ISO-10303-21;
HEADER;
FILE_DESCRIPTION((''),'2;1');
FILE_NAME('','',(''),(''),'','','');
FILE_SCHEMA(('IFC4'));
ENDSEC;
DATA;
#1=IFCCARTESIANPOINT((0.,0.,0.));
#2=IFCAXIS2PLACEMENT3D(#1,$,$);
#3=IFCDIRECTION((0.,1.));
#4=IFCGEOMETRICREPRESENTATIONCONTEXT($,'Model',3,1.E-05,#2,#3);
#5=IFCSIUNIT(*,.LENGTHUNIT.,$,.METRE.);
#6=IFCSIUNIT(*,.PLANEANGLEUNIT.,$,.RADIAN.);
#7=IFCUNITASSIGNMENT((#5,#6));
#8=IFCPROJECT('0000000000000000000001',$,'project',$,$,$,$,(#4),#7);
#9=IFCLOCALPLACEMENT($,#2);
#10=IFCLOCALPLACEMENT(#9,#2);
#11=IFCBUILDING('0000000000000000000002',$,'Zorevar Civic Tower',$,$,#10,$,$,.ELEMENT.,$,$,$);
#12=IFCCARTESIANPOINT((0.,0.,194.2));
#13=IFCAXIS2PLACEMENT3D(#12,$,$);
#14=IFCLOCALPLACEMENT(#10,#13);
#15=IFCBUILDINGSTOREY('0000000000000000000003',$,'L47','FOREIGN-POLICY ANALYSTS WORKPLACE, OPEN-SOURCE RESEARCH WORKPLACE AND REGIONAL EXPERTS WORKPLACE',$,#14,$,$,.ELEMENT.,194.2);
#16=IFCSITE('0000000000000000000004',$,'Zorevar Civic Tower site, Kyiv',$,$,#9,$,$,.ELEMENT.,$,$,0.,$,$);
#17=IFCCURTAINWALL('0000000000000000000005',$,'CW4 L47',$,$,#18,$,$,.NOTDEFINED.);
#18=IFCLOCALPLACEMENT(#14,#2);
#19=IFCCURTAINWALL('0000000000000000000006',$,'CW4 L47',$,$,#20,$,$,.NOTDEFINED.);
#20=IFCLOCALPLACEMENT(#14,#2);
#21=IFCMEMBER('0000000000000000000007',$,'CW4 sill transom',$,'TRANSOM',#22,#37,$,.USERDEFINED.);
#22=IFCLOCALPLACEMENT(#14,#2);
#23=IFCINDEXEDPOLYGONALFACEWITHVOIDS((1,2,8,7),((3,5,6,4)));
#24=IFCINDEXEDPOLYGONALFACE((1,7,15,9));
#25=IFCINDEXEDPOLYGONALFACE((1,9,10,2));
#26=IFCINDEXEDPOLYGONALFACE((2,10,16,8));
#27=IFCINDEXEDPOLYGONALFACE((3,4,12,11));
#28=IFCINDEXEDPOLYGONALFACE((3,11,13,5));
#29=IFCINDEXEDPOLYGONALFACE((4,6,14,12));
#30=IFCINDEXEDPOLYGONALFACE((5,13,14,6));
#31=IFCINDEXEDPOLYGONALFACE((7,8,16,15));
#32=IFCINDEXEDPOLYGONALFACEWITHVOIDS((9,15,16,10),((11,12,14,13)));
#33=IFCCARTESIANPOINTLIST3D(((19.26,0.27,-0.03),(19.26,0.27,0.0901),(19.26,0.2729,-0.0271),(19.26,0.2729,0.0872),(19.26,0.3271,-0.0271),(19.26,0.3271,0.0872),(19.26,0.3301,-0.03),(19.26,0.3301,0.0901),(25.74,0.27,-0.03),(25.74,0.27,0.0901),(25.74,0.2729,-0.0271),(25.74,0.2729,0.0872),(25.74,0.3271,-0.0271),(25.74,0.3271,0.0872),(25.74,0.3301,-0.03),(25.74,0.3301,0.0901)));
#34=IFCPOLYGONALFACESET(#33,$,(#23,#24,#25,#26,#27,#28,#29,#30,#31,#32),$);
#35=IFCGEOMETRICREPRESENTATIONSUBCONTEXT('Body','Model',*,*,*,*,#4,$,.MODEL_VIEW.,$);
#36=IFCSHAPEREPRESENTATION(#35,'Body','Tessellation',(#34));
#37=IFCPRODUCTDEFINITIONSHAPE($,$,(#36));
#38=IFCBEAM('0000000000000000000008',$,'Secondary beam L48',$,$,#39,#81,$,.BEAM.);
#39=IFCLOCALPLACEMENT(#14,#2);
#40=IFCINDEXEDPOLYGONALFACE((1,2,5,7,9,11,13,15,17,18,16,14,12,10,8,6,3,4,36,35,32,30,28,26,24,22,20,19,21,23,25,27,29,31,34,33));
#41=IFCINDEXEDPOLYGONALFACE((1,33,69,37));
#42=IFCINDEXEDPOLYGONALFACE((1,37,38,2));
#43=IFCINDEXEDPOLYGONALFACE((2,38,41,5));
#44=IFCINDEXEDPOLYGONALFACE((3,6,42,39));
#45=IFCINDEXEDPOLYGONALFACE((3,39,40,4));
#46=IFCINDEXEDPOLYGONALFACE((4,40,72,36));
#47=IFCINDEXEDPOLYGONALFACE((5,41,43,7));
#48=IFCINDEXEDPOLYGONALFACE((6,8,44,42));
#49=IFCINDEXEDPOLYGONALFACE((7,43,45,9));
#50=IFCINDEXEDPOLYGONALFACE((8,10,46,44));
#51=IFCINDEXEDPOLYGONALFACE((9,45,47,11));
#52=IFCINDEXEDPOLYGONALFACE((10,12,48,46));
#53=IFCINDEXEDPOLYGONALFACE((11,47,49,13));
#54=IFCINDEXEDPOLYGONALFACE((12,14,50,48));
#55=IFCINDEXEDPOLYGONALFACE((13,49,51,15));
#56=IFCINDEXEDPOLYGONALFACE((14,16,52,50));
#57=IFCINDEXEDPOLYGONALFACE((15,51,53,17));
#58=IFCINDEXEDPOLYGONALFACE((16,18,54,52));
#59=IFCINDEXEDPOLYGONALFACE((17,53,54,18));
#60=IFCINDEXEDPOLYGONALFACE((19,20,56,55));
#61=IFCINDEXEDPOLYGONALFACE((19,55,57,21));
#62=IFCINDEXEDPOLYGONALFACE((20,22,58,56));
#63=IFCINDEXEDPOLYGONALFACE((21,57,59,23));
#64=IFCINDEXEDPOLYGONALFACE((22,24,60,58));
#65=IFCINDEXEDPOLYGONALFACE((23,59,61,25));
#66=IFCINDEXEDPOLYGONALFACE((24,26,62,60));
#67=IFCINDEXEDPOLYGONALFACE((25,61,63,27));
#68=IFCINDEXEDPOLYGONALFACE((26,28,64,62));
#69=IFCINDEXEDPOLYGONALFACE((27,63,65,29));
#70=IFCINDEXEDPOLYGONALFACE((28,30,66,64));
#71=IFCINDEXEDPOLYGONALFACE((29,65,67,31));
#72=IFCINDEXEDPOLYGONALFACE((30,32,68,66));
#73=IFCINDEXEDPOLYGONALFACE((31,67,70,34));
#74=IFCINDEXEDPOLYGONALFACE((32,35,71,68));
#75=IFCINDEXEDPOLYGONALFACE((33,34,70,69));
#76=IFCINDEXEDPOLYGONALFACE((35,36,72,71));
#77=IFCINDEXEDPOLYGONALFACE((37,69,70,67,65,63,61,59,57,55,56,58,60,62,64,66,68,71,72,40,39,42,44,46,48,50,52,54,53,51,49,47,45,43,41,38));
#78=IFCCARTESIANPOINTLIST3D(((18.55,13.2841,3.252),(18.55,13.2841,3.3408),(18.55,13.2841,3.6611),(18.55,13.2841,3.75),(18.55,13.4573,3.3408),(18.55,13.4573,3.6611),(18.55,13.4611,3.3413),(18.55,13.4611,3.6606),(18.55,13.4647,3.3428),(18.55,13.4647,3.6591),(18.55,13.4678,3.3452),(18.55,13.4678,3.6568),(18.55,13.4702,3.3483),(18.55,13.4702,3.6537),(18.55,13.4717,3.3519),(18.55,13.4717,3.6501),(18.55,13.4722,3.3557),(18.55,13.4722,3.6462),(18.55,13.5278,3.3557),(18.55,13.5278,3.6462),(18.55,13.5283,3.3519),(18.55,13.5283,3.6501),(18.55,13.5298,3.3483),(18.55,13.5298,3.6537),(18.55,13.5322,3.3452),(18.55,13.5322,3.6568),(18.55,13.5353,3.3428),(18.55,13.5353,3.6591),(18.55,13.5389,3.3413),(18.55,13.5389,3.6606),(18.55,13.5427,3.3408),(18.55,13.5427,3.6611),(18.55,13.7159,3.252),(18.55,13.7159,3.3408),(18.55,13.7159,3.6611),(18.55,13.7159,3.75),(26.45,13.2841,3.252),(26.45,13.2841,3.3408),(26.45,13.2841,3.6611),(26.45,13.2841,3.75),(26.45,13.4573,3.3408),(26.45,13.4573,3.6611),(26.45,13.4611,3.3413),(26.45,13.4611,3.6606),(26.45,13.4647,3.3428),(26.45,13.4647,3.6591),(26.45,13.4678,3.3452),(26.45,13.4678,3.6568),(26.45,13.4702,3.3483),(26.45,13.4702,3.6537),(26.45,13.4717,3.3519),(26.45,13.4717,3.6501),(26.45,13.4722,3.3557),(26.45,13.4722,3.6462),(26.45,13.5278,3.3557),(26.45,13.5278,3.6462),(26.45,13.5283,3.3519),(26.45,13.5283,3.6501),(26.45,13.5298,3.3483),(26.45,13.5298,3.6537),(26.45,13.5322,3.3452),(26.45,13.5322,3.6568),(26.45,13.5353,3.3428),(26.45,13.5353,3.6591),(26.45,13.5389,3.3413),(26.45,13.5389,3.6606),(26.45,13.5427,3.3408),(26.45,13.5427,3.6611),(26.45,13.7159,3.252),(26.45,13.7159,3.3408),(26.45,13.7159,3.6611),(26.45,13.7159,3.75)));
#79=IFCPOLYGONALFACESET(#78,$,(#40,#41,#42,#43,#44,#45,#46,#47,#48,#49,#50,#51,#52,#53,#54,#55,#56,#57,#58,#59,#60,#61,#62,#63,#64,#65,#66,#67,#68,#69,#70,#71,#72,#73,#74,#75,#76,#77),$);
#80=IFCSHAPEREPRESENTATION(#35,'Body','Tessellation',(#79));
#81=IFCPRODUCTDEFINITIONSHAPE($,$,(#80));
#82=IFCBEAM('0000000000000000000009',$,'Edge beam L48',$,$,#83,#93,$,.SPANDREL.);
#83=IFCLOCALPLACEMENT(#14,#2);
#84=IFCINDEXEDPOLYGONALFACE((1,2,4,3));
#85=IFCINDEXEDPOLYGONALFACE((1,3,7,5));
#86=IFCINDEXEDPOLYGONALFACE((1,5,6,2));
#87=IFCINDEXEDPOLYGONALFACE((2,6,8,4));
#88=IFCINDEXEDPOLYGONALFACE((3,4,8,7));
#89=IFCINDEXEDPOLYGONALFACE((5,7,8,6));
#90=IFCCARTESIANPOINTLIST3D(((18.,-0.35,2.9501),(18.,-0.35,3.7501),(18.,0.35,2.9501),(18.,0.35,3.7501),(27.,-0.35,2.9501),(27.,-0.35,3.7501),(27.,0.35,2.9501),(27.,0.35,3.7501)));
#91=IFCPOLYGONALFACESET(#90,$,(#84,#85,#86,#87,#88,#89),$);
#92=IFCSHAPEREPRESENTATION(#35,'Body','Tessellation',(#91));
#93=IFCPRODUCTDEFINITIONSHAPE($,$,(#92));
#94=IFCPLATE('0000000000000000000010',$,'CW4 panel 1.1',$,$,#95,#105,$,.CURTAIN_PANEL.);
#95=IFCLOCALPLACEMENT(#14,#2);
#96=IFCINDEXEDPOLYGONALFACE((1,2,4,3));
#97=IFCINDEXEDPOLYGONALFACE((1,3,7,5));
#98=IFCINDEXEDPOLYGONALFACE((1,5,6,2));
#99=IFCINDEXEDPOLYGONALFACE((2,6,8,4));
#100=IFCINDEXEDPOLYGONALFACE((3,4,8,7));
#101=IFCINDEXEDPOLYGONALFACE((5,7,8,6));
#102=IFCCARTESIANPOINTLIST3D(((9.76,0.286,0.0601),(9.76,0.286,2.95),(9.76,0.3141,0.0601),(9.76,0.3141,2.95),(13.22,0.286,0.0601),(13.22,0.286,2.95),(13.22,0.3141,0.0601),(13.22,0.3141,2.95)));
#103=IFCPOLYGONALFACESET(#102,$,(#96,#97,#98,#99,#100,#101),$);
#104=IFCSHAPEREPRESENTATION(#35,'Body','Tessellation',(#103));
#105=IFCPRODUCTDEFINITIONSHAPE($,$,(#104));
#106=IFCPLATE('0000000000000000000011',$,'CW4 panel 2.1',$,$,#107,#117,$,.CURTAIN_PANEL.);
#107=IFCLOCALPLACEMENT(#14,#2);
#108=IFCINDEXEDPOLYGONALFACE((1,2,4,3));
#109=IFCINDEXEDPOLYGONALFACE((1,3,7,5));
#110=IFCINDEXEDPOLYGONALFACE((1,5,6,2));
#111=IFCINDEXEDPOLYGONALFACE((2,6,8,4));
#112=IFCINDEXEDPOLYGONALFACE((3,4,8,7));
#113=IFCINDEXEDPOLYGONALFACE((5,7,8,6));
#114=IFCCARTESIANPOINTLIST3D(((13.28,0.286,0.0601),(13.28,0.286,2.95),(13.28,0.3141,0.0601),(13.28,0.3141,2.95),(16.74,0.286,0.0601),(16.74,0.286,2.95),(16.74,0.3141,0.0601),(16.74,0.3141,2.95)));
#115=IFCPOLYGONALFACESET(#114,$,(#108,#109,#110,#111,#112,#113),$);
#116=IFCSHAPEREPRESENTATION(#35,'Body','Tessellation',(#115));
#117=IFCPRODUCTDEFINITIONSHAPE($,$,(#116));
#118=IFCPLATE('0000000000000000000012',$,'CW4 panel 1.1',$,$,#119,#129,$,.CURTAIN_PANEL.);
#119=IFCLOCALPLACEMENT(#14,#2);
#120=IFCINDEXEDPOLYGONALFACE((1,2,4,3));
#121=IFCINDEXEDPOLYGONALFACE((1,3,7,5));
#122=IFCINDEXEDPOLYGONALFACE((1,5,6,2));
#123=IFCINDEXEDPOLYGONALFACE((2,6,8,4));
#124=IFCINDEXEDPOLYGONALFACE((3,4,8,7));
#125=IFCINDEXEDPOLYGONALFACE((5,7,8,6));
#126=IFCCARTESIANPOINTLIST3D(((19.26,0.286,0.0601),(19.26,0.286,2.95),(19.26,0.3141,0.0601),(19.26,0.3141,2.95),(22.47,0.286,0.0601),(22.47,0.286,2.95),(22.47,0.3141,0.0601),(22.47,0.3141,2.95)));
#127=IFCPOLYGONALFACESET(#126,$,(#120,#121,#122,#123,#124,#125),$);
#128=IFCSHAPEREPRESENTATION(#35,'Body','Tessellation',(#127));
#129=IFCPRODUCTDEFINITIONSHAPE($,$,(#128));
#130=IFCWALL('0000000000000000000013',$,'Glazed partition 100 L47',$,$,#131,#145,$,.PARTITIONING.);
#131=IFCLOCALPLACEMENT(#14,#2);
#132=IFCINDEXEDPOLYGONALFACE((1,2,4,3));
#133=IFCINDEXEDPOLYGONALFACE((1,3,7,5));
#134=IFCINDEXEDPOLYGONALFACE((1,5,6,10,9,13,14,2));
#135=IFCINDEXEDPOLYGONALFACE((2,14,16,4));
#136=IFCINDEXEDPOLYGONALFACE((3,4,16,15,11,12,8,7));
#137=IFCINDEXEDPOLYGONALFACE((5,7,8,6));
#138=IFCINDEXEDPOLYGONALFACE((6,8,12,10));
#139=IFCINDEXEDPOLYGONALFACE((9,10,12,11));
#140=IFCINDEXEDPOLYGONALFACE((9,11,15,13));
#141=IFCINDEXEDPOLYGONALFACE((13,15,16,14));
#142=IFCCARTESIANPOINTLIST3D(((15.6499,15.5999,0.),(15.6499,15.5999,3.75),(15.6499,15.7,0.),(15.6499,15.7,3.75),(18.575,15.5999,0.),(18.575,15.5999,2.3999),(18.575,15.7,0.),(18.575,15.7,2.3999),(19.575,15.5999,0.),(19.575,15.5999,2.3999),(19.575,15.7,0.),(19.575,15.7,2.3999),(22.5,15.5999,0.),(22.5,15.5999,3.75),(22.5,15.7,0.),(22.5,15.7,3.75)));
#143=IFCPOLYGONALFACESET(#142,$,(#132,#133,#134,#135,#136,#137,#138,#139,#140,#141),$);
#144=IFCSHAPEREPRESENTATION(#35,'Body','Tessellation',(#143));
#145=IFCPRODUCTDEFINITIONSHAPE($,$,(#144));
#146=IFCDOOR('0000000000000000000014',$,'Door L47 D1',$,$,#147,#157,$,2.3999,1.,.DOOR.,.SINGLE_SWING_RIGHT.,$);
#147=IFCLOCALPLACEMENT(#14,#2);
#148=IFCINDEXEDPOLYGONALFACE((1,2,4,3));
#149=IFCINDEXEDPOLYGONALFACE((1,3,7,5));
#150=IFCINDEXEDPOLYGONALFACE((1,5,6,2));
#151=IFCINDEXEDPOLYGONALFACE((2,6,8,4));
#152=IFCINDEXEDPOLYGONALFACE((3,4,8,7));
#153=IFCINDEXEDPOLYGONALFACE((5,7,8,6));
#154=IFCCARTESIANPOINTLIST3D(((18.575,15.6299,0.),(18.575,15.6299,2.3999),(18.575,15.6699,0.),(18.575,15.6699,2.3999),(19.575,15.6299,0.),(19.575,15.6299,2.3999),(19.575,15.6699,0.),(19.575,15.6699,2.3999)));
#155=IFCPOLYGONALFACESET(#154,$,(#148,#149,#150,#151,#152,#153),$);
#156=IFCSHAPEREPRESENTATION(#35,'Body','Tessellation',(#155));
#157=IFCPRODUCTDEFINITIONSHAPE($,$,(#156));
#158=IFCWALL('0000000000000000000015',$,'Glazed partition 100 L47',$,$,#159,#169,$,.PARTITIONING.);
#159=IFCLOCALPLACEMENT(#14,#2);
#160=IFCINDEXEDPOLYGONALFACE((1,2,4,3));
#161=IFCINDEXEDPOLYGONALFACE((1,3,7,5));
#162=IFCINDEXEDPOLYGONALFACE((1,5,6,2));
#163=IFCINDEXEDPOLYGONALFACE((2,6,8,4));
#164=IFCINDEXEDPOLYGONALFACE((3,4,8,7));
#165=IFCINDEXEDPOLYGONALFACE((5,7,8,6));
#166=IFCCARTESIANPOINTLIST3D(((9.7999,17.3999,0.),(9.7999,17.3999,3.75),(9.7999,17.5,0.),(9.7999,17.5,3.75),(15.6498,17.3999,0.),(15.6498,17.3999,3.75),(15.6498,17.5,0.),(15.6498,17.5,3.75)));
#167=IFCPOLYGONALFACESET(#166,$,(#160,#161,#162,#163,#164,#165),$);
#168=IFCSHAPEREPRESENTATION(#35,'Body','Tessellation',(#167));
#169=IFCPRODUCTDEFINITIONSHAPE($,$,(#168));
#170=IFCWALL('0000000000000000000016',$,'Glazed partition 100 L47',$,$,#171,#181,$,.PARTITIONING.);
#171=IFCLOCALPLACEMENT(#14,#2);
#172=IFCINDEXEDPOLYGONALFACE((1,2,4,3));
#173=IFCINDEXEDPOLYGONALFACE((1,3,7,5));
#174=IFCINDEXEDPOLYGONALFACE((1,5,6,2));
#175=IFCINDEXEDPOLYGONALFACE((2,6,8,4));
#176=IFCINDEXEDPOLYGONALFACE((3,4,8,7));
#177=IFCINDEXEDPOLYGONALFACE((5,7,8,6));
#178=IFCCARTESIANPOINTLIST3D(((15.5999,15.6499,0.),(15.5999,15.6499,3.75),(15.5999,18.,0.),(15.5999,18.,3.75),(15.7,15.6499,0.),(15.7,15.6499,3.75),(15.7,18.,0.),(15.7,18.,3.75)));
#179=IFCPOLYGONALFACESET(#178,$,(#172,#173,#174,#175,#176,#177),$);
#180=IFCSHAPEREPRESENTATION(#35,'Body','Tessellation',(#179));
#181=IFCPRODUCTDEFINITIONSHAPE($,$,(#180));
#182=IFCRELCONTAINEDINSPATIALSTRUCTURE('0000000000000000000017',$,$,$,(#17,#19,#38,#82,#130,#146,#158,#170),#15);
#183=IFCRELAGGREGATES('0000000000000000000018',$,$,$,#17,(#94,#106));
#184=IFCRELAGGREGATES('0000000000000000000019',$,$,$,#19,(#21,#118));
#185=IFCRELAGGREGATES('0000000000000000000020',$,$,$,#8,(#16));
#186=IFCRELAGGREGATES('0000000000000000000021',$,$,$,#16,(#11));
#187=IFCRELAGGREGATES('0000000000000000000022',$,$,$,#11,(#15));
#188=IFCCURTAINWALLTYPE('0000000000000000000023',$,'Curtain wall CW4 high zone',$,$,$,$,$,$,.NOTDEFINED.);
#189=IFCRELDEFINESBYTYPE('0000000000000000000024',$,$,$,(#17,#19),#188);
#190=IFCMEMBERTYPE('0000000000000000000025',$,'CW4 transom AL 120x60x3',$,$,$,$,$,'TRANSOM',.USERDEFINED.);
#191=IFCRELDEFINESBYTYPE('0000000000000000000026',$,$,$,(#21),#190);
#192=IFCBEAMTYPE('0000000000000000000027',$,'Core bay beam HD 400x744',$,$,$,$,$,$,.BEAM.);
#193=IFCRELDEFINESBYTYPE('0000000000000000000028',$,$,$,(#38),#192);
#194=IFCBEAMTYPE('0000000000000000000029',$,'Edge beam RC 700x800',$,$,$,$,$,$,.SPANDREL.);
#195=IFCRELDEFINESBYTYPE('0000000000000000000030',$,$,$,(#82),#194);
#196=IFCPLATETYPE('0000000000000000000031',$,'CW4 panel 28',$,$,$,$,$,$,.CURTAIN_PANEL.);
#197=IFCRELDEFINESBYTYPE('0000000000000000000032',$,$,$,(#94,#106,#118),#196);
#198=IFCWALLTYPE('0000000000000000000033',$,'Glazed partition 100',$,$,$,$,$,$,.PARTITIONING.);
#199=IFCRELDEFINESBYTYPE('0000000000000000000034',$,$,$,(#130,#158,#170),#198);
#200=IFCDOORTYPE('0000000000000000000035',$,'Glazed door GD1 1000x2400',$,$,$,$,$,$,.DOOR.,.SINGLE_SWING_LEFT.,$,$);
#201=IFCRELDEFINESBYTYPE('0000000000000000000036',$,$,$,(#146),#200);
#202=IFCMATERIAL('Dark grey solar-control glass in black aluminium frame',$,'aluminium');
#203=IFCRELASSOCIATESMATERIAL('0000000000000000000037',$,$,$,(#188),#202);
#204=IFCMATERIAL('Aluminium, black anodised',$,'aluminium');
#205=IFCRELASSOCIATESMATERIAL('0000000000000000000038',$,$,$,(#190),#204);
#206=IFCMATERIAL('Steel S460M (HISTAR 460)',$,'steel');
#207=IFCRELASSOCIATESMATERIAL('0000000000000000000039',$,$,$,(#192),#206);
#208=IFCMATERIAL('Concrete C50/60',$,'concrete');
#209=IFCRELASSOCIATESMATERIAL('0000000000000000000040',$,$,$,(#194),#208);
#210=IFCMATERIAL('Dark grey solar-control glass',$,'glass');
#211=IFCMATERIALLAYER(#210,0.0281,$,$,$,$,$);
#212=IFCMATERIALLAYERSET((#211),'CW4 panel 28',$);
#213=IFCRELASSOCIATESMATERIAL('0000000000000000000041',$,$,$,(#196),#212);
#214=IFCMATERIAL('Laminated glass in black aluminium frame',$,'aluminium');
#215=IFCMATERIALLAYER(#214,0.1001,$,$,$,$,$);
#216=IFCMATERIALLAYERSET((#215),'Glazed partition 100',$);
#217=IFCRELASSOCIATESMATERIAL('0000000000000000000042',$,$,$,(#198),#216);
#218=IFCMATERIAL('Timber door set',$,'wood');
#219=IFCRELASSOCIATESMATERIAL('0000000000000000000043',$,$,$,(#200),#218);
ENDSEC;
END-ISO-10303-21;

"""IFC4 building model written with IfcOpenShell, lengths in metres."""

from ifc_helpers import new_model, si_unit, direction, frame, frame_2d, origin, origin_2d, place, context, subcontext, project, spatial, rectangle, hollow_rectangle, i_section, extrude, material, layer, layer_set, material_profile, profile_set, type_object, element, fill, aggregate, save


model = new_model("IFC4")

# Units and contexts
model_context = context("Model", 3, precision=1e-05, world=origin(), true_north=direction((0.0, 1.0)))
body_context = subcontext(model_context, "Body", "Model", "MODEL_VIEW")
ifc_project = project(units=[si_unit("LENGTHUNIT", "METRE"), si_unit("PLANEANGLEUNIT", "RADIAN")], contexts=[model_context])

# Site, building, storey
site_placement = place(None, origin())
site = spatial("IfcSite", under=ifc_project, at=site_placement, Name="Zorevar Civic Tower site, Kyiv", CompositionType="ELEMENT", RefElevation=0.0)
building_placement = place(site_placement, origin())
building = spatial("IfcBuilding", under=site, at=building_placement, Name="Zorevar Civic Tower", CompositionType="ELEMENT")
storey_placement = place(building_placement, frame((0.0, 0.0, 194.2)))
storey = spatial("IfcBuildingStorey", under=building, at=storey_placement, Name="L47", Description="FOREIGN-POLICY ANALYSTS WORKPLACE, OPEN-SOURCE RESEARCH WORKPLACE AND REGIONAL EXPERTS WORKPLACE", CompositionType="ELEMENT", Elevation=194.2)

# Curtain wall
ifc_material_1 = material(Name="Dark grey solar-control glass in black aluminium frame", Category="aluminium")
curtain_wall_type = type_object("IfcCurtainWallType", Name="Curtain wall CW4 high zone", PredefinedType="NOTDEFINED", material=ifc_material_1)
curtain_wall_1_placement = place(storey_placement, origin())
curtain_wall_1 = element("IfcCurtainWall", 1, at=curtain_wall_1_placement, inside=storey, type_object=curtain_wall_type, Name="CW4 L47", PredefinedType="NOTDEFINED")

# Curtain wall
curtain_wall_2_placement = place(storey_placement, origin())
curtain_wall_2 = element("IfcCurtainWall", 2, at=curtain_wall_2_placement, inside=storey, type_object=curtain_wall_type, Name="CW4 L47", PredefinedType="NOTDEFINED")

# Member
ifc_material_2 = material(Name="Aluminium, black anodised", Category="aluminium")
ifc_material_profile_1 = material_profile(ifc_material_2, hollow_rectangle(XDim=0.0601, YDim=0.1201, WallThickness=0.0029, at=origin_2d()), Name="AL 120x60x3")
ifc_profile_set_1 = profile_set([ifc_material_profile_1], Name="Aluminium, black anodised")
member_type_1 = type_object("IfcMemberType", Name="CW4 transom AL 120x60x3", ElementType="TRANSOM", PredefinedType="USERDEFINED", material=ifc_profile_set_1)
member_1_placement = place(storey_placement, frame((19.26, 0.3, 0.03), z_axis=(1.0, 0.0, 0.0), x_axis=(0.0, 1.0, 0.0)))
member_1 = element("IfcMember", 3, at=member_1_placement, type_object=member_type_1, Name="CW4 sill transom", ObjectType="TRANSOM", PredefinedType="USERDEFINED", context=body_context, shape_type="SweptSolid", body=[
    extrude(hollow_rectangle(XDim=0.0601, YDim=0.1201, WallThickness=0.0029, at=origin_2d()), origin(), (0.0, 0.0, 1.0), 6.48),
])

# Beams
ifc_material_3 = material(Name="Steel S460M (HISTAR 460)", Category="steel")
ifc_material_profile_2 = material_profile(ifc_material_3, i_section(OverallWidth=0.4319, OverallDepth=0.498, WebThickness=0.0557, FlangeThickness=0.0889, FilletRadius=0.0149, at=origin_2d()), Name="HD 400x744")
ifc_profile_set_2 = profile_set([ifc_material_profile_2], Name="Steel S460M (HISTAR 460)")
beam_type_1 = type_object("IfcBeamType", Name="Core bay beam HD 400x744", PredefinedType="BEAM", material=ifc_profile_set_2)
beam_1_placement = place(storey_placement, frame((18.55, 13.5, 3.501), z_axis=(1.0, 0.0, 0.0), x_axis=(0.0, 1.0, 0.0)))
element("IfcBeam", 4, at=beam_1_placement, inside=storey, type_object=beam_type_1, Name="Secondary beam L48", PredefinedType="BEAM", context=body_context, shape_type="SweptSolid", body=[
    extrude(i_section(OverallWidth=0.4319, OverallDepth=0.498, WebThickness=0.0557, FlangeThickness=0.0889, FilletRadius=0.0149, at=origin_2d()), origin(), (0.0, 0.0, 1.0), 7.8999),
])
ifc_material_4 = material(Name="Concrete C50/60", Category="concrete")
ifc_material_profile_3 = material_profile(ifc_material_4, rectangle(XDim=0.7, YDim=0.8, at=origin_2d()), Name="RC 700x800")
ifc_profile_set_3 = profile_set([ifc_material_profile_3], Name="Concrete C50/60")
beam_type_2 = type_object("IfcBeamType", Name="Edge beam RC 700x800", PredefinedType="SPANDREL", material=ifc_profile_set_3)
beam_2_placement = place(storey_placement, frame((18.0, 0.0, 3.3501), z_axis=(1.0, 0.0, 0.0), x_axis=(0.0, 1.0, 0.0)))
element("IfcBeam", 5, at=beam_2_placement, inside=storey, type_object=beam_type_2, Name="Edge beam L48", PredefinedType="SPANDREL", context=body_context, shape_type="SweptSolid", body=[
    extrude(rectangle(XDim=0.7, YDim=0.8, at=origin_2d()), origin(), (0.0, 0.0, 1.0), 9.0),
])

# Plates
ifc_material_5 = material(Name="Dark grey solar-control glass", Category="glass")
ifc_layer_1 = layer(ifc_material_5, 0.0281)
ifc_layer_set_1 = layer_set([ifc_layer_1], Name="CW4 panel 28")
plate_type = type_object("IfcPlateType", Name="CW4 panel 28", PredefinedType="CURTAIN_PANEL", material=ifc_layer_set_1)
plate_1_placement = place(storey_placement, frame((11.49, 0.3, 0.0601), z_axis=(0.0, 0.0, 1.0), x_axis=(1.0, 0.0, 0.0)))
plate_1 = element("IfcPlate", 6, at=plate_1_placement, type_object=plate_type, Name="CW4 panel 1.1", PredefinedType="CURTAIN_PANEL", context=body_context, shape_type="SweptSolid", body=[
    extrude(rectangle(XDim=3.46, YDim=0.0281, at=origin_2d()), origin(), (0.0, 0.0, 1.0), 2.8899),
])
plate_2_placement = place(storey_placement, frame((15.01, 0.3, 0.0601), z_axis=(0.0, 0.0, 1.0), x_axis=(1.0, 0.0, 0.0)))
plate_2 = element("IfcPlate", 7, at=plate_2_placement, type_object=plate_type, Name="CW4 panel 2.1", PredefinedType="CURTAIN_PANEL", context=body_context, shape_type="SweptSolid", body=[
    extrude(rectangle(XDim=3.46, YDim=0.0281, at=origin_2d()), origin(), (0.0, 0.0, 1.0), 2.8899),
])
aggregate(curtain_wall_1, [plate_1, plate_2])
plate_3_placement = place(storey_placement, frame((20.865, 0.3, 0.0601), z_axis=(0.0, 0.0, 1.0), x_axis=(1.0, 0.0, 0.0)))
plate_3 = element("IfcPlate", 8, at=plate_3_placement, type_object=plate_type, Name="CW4 panel 1.1", PredefinedType="CURTAIN_PANEL", context=body_context, shape_type="SweptSolid", body=[
    extrude(rectangle(XDim=3.21, YDim=0.0281, at=origin_2d()), origin(), (0.0, 0.0, 1.0), 2.8899),
])
aggregate(curtain_wall_2, [member_1, plate_3])

# Wall, opening, door
ifc_material_6 = material(Name="Laminated glass in black aluminium frame", Category="aluminium")
ifc_layer_2 = layer(ifc_material_6, 0.1001)
ifc_layer_set_2 = layer_set([ifc_layer_2], Name="Glazed partition 100")
wall_type = type_object("IfcWallType", Name="Glazed partition 100", PredefinedType="PARTITIONING", material=ifc_layer_set_2)
wall_1_placement = place(storey_placement, frame((15.6499, 15.6499, 0.0), z_axis=(0.0, 0.0, 1.0), x_axis=(1.0, 0.0, 0.0)))
wall_1 = element("IfcWall", 9, at=wall_1_placement, inside=storey, type_object=wall_type, Name="Glazed partition 100 L47", PredefinedType="PARTITIONING", context=body_context, shape_type="SweptSolid", body=[
    extrude(rectangle(XDim=6.8501, YDim=0.1001, at=frame_2d((3.425, 0.0))), origin(), (0.0, 0.0, 1.0), 3.75),
])
opening_placement = place(wall_1_placement, frame((2.925, 0.0, 0.0)))
opening = element("IfcOpeningElement", 10, at=opening_placement, cuts=wall_1, PredefinedType="OPENING", context=body_context, shape_type="SweptSolid", body=[
    extrude(rectangle(XDim=1.0, YDim=2.3999, at=frame_2d((0.5, 1.2))), frame((0.0, 0.0601, 0.0), z_axis=(0.0, -1.0, 0.0), x_axis=(1.0, 0.0, 0.0)), (0.0, 0.0, 1.0), 0.1201),
])
ifc_material_7 = material(Name="Timber door set", Category="wood")
door_type = type_object("IfcDoorType", Name="Glazed door GD1 1000x2400", OperationType="SINGLE_SWING_LEFT", PredefinedType="DOOR", material=ifc_material_7)
door_placement = place(opening_placement, origin())
door = element("IfcDoor", 11, at=door_placement, inside=storey, type_object=door_type, Name="Door L47 D1", OperationType="SINGLE_SWING_RIGHT", OverallHeight=2.3999, OverallWidth=1.0, PredefinedType="DOOR", context=body_context, shape_type="SweptSolid", body=[
    extrude(rectangle(XDim=1.0, YDim=2.3999, at=frame_2d((0.5, 1.2))), frame((0.0, 0.02, 0.0), z_axis=(0.0, -1.0, 0.0), x_axis=(1.0, 0.0, 0.0)), (0.0, 0.0, 1.0), 0.04),
])
fill(opening, door)

# Walls
wall_2_placement = place(storey_placement, frame((9.8, 17.45, 0.0), z_axis=(0.0, 0.0, 1.0), x_axis=(1.0, 0.0, 0.0)))
element("IfcWall", 12, at=wall_2_placement, inside=storey, type_object=wall_type, Name="Glazed partition 100 L47", PredefinedType="PARTITIONING", context=body_context, shape_type="SweptSolid", body=[
    extrude(rectangle(XDim=5.8499, YDim=0.1001, at=frame_2d((2.9248, 0.0))), origin(), (0.0, 0.0, 1.0), 3.75),
])
wall_3_placement = place(storey_placement, frame((15.6499, 15.6499, 0.0), z_axis=(0.0, 0.0, 1.0), x_axis=(0.0, 1.0, 0.0)))
element("IfcWall", 13, at=wall_3_placement, inside=storey, type_object=wall_type, Name="Glazed partition 100 L47", PredefinedType="PARTITIONING", context=body_context, shape_type="SweptSolid", body=[
    extrude(rectangle(XDim=2.3501, YDim=0.1001, at=frame_2d((1.175, 0.0))), origin(), (0.0, 0.0, 1.0), 3.75),
])

save(model, "model.ifc")
